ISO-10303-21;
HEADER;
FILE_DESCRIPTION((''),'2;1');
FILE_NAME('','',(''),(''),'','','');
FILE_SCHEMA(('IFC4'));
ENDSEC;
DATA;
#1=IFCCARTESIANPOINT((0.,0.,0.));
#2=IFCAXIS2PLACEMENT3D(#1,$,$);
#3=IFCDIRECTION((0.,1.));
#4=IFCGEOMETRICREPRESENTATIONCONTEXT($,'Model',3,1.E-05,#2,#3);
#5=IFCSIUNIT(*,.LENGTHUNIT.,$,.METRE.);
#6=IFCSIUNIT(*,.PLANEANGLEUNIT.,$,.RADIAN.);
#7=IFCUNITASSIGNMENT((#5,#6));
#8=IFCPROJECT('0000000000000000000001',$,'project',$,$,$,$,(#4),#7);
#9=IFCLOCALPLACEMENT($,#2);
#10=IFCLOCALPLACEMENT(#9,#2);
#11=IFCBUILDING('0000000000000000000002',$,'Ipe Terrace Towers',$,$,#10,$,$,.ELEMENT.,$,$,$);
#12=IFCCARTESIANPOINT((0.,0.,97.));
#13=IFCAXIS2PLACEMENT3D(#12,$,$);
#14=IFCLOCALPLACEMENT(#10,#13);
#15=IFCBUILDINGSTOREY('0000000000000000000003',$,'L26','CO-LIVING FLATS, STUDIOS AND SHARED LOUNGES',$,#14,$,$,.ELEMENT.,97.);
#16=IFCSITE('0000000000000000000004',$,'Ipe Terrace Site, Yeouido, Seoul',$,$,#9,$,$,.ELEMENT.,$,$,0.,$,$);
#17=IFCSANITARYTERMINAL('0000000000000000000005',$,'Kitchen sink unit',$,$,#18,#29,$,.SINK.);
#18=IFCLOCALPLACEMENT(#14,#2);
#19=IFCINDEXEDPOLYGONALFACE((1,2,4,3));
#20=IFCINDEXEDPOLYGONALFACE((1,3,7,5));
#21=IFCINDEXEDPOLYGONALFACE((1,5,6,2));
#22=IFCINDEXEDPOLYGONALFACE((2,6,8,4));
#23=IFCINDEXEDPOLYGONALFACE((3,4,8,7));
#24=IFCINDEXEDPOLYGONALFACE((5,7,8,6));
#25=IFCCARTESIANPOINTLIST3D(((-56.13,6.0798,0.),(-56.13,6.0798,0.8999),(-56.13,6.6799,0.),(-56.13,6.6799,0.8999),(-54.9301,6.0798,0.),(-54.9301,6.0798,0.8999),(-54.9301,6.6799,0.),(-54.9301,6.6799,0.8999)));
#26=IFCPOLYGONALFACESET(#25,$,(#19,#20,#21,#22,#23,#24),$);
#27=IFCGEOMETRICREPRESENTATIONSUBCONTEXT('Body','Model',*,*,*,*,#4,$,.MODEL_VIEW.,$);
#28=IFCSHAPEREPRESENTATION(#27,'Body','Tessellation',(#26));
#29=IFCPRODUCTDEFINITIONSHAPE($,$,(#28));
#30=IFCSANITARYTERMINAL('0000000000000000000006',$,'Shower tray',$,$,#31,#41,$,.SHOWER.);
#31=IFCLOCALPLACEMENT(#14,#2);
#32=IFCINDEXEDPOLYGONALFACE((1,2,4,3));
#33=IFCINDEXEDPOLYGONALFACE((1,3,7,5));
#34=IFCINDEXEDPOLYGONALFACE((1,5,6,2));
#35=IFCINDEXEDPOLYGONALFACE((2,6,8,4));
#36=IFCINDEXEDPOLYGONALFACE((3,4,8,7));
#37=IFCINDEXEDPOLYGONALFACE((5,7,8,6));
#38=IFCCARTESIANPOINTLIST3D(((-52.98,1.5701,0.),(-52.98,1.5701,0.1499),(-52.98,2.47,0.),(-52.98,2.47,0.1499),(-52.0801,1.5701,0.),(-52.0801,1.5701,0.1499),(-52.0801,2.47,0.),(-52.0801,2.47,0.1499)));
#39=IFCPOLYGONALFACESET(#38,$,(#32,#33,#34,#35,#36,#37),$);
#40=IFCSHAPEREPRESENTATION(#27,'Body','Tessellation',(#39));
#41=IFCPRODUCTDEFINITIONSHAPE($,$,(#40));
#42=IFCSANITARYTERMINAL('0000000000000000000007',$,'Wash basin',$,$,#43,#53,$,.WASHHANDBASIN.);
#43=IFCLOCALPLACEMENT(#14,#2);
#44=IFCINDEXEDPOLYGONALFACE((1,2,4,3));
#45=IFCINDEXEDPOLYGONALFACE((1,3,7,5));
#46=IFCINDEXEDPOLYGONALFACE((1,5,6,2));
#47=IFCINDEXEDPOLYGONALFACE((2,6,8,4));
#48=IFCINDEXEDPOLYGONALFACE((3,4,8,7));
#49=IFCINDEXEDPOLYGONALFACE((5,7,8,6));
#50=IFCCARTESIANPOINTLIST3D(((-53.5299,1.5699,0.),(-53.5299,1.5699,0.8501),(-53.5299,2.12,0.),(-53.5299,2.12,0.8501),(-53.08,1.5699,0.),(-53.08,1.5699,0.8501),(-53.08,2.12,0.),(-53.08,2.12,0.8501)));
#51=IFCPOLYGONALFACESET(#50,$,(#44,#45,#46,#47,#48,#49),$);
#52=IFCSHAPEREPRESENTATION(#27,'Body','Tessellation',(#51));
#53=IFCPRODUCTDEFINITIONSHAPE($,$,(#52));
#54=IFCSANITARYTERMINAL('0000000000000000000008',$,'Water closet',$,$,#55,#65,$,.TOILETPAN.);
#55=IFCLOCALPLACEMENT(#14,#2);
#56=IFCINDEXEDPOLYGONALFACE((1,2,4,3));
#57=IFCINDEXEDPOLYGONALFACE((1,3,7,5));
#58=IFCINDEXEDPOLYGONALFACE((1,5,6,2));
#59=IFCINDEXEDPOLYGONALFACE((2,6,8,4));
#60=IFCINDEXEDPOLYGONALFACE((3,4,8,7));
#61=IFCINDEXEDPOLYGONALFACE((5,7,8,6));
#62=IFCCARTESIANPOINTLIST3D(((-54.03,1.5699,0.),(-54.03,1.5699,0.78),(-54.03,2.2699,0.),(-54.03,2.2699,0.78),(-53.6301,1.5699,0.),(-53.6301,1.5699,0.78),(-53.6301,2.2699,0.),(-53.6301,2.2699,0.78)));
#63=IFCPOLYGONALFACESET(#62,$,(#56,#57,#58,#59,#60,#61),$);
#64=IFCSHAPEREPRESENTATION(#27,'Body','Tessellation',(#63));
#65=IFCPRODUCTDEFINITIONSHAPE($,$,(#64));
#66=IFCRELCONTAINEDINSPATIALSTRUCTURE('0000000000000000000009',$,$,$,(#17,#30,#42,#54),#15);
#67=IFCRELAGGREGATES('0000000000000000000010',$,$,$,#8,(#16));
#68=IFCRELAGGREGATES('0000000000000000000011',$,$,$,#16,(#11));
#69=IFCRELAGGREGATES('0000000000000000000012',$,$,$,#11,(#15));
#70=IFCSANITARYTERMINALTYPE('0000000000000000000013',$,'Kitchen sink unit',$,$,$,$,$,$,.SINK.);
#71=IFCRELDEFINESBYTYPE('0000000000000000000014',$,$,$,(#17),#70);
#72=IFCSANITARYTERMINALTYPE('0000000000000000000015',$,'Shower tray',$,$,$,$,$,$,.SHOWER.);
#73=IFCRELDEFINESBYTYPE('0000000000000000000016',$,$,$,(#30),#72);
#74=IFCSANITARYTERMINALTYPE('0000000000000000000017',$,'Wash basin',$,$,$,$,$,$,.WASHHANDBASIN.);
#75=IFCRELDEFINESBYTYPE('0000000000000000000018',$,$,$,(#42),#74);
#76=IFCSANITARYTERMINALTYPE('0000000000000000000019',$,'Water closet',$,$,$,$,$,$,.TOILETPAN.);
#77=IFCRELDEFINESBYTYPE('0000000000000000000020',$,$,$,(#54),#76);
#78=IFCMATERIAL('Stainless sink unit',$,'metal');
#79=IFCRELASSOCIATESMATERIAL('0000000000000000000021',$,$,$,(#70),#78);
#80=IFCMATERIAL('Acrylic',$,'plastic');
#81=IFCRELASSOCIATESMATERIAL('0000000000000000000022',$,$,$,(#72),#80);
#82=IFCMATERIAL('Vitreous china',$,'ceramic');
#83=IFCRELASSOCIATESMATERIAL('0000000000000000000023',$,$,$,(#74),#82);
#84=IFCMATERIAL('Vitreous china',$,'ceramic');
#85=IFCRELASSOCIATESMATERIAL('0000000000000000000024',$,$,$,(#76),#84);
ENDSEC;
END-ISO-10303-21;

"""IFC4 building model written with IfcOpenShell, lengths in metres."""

from ifc_helpers import new_model, si_unit, direction, frame, origin, origin_2d, place, context, subcontext, project, spatial, rectangle, extrude, material, type_object, element, save


model = new_model("IFC4")

# Units and contexts
model_context = context("Model", 3, precision=1e-05, world=origin(), true_north=direction((0.0, 1.0)))
body_context = subcontext(model_context, "Body", "Model", "MODEL_VIEW")
ifc_project = project(units=[si_unit("LENGTHUNIT", "METRE"), si_unit("PLANEANGLEUNIT", "RADIAN")], contexts=[model_context])

# Site, building, storey
site_placement = place(None, origin())
site = spatial("IfcSite", under=ifc_project, at=site_placement, Name="Ipe Terrace Site, Yeouido, Seoul", CompositionType="ELEMENT", RefElevation=0.0)
building_placement = place(site_placement, origin())
building = spatial("IfcBuilding", under=site, at=building_placement, Name="Ipe Terrace Towers", CompositionType="ELEMENT")
storey_placement = place(building_placement, frame((0.0, 0.0, 97.0)))
storey = spatial("IfcBuildingStorey", under=building, at=storey_placement, Name="L26", Description="CO-LIVING FLATS, STUDIOS AND SHARED LOUNGES", CompositionType="ELEMENT", Elevation=97.0)

# Sanitary terminals
ifc_material_1 = material(Name="Stainless sink unit", Category="metal")
sanitary_terminal_type_1 = type_object("IfcSanitaryTerminalType", Name="Kitchen sink unit", PredefinedType="SINK", material=ifc_material_1)
sanitary_terminal_1_placement = place(storey_placement, frame((-55.53, 6.3799, 0.0), z_axis=(0.0, 0.0, 1.0), x_axis=(1.0, 0.0, 0.0)))
element("IfcSanitaryTerminal", 1, at=sanitary_terminal_1_placement, inside=storey, type_object=sanitary_terminal_type_1, Name="Kitchen sink unit", PredefinedType="SINK", context=body_context, shape_type="SweptSolid", body=[
    extrude(rectangle(XDim=1.2, YDim=0.6001, at=origin_2d()), origin(), (0.0, 0.0, 1.0), 0.8999),
])
ifc_material_2 = material(Name="Acrylic", Category="plastic")
sanitary_terminal_type_2 = type_object("IfcSanitaryTerminalType", Name="Shower tray", PredefinedType="SHOWER", material=ifc_material_2)
sanitary_terminal_2_placement = place(storey_placement, frame((-52.53, 2.02, 0.0), z_axis=(0.0, 0.0, 1.0), x_axis=(0.0, 1.0, 0.0)))
element("IfcSanitaryTerminal", 2, at=sanitary_terminal_2_placement, inside=storey, type_object=sanitary_terminal_type_2, Name="Shower tray", PredefinedType="SHOWER", context=body_context, shape_type="SweptSolid", body=[
    extrude(rectangle(XDim=0.8999, YDim=0.8999, at=origin_2d()), origin(), (0.0, 0.0, 1.0), 0.1499),
])
ifc_material_3 = material(Name="Vitreous china", Category="ceramic")
sanitary_terminal_type_3 = type_object("IfcSanitaryTerminalType", Name="Wash basin", PredefinedType="WASHHANDBASIN", material=ifc_material_3)
sanitary_terminal_3_placement = place(storey_placement, frame((-53.3049, 1.845, 0.0), z_axis=(0.0, 0.0, 1.0), x_axis=(0.0, 1.0, 0.0)))
element("IfcSanitaryTerminal", 3, at=sanitary_terminal_3_placement, inside=storey, type_object=sanitary_terminal_type_3, Name="Wash basin", PredefinedType="WASHHANDBASIN", context=body_context, shape_type="SweptSolid", body=[
    extrude(rectangle(XDim=0.55, YDim=0.45, at=origin_2d()), origin(), (0.0, 0.0, 1.0), 0.8501),
])
ifc_material_4 = material(Name="Vitreous china", Category="ceramic")
sanitary_terminal_type_4 = type_object("IfcSanitaryTerminalType", Name="Water closet", PredefinedType="TOILETPAN", material=ifc_material_4)
sanitary_terminal_4_placement = place(storey_placement, frame((-53.8301, 1.9199, 0.0), z_axis=(0.0, 0.0, 1.0), x_axis=(0.0, 1.0, 0.0)))
element("IfcSanitaryTerminal", 4, at=sanitary_terminal_4_placement, inside=storey, type_object=sanitary_terminal_type_4, Name="Water closet", PredefinedType="TOILETPAN", context=body_context, shape_type="SweptSolid", body=[
    extrude(rectangle(XDim=0.7, YDim=0.3999, at=origin_2d()), origin(), (0.0, 0.0, 1.0), 0.78),
])

save(model, "model.ifc")
